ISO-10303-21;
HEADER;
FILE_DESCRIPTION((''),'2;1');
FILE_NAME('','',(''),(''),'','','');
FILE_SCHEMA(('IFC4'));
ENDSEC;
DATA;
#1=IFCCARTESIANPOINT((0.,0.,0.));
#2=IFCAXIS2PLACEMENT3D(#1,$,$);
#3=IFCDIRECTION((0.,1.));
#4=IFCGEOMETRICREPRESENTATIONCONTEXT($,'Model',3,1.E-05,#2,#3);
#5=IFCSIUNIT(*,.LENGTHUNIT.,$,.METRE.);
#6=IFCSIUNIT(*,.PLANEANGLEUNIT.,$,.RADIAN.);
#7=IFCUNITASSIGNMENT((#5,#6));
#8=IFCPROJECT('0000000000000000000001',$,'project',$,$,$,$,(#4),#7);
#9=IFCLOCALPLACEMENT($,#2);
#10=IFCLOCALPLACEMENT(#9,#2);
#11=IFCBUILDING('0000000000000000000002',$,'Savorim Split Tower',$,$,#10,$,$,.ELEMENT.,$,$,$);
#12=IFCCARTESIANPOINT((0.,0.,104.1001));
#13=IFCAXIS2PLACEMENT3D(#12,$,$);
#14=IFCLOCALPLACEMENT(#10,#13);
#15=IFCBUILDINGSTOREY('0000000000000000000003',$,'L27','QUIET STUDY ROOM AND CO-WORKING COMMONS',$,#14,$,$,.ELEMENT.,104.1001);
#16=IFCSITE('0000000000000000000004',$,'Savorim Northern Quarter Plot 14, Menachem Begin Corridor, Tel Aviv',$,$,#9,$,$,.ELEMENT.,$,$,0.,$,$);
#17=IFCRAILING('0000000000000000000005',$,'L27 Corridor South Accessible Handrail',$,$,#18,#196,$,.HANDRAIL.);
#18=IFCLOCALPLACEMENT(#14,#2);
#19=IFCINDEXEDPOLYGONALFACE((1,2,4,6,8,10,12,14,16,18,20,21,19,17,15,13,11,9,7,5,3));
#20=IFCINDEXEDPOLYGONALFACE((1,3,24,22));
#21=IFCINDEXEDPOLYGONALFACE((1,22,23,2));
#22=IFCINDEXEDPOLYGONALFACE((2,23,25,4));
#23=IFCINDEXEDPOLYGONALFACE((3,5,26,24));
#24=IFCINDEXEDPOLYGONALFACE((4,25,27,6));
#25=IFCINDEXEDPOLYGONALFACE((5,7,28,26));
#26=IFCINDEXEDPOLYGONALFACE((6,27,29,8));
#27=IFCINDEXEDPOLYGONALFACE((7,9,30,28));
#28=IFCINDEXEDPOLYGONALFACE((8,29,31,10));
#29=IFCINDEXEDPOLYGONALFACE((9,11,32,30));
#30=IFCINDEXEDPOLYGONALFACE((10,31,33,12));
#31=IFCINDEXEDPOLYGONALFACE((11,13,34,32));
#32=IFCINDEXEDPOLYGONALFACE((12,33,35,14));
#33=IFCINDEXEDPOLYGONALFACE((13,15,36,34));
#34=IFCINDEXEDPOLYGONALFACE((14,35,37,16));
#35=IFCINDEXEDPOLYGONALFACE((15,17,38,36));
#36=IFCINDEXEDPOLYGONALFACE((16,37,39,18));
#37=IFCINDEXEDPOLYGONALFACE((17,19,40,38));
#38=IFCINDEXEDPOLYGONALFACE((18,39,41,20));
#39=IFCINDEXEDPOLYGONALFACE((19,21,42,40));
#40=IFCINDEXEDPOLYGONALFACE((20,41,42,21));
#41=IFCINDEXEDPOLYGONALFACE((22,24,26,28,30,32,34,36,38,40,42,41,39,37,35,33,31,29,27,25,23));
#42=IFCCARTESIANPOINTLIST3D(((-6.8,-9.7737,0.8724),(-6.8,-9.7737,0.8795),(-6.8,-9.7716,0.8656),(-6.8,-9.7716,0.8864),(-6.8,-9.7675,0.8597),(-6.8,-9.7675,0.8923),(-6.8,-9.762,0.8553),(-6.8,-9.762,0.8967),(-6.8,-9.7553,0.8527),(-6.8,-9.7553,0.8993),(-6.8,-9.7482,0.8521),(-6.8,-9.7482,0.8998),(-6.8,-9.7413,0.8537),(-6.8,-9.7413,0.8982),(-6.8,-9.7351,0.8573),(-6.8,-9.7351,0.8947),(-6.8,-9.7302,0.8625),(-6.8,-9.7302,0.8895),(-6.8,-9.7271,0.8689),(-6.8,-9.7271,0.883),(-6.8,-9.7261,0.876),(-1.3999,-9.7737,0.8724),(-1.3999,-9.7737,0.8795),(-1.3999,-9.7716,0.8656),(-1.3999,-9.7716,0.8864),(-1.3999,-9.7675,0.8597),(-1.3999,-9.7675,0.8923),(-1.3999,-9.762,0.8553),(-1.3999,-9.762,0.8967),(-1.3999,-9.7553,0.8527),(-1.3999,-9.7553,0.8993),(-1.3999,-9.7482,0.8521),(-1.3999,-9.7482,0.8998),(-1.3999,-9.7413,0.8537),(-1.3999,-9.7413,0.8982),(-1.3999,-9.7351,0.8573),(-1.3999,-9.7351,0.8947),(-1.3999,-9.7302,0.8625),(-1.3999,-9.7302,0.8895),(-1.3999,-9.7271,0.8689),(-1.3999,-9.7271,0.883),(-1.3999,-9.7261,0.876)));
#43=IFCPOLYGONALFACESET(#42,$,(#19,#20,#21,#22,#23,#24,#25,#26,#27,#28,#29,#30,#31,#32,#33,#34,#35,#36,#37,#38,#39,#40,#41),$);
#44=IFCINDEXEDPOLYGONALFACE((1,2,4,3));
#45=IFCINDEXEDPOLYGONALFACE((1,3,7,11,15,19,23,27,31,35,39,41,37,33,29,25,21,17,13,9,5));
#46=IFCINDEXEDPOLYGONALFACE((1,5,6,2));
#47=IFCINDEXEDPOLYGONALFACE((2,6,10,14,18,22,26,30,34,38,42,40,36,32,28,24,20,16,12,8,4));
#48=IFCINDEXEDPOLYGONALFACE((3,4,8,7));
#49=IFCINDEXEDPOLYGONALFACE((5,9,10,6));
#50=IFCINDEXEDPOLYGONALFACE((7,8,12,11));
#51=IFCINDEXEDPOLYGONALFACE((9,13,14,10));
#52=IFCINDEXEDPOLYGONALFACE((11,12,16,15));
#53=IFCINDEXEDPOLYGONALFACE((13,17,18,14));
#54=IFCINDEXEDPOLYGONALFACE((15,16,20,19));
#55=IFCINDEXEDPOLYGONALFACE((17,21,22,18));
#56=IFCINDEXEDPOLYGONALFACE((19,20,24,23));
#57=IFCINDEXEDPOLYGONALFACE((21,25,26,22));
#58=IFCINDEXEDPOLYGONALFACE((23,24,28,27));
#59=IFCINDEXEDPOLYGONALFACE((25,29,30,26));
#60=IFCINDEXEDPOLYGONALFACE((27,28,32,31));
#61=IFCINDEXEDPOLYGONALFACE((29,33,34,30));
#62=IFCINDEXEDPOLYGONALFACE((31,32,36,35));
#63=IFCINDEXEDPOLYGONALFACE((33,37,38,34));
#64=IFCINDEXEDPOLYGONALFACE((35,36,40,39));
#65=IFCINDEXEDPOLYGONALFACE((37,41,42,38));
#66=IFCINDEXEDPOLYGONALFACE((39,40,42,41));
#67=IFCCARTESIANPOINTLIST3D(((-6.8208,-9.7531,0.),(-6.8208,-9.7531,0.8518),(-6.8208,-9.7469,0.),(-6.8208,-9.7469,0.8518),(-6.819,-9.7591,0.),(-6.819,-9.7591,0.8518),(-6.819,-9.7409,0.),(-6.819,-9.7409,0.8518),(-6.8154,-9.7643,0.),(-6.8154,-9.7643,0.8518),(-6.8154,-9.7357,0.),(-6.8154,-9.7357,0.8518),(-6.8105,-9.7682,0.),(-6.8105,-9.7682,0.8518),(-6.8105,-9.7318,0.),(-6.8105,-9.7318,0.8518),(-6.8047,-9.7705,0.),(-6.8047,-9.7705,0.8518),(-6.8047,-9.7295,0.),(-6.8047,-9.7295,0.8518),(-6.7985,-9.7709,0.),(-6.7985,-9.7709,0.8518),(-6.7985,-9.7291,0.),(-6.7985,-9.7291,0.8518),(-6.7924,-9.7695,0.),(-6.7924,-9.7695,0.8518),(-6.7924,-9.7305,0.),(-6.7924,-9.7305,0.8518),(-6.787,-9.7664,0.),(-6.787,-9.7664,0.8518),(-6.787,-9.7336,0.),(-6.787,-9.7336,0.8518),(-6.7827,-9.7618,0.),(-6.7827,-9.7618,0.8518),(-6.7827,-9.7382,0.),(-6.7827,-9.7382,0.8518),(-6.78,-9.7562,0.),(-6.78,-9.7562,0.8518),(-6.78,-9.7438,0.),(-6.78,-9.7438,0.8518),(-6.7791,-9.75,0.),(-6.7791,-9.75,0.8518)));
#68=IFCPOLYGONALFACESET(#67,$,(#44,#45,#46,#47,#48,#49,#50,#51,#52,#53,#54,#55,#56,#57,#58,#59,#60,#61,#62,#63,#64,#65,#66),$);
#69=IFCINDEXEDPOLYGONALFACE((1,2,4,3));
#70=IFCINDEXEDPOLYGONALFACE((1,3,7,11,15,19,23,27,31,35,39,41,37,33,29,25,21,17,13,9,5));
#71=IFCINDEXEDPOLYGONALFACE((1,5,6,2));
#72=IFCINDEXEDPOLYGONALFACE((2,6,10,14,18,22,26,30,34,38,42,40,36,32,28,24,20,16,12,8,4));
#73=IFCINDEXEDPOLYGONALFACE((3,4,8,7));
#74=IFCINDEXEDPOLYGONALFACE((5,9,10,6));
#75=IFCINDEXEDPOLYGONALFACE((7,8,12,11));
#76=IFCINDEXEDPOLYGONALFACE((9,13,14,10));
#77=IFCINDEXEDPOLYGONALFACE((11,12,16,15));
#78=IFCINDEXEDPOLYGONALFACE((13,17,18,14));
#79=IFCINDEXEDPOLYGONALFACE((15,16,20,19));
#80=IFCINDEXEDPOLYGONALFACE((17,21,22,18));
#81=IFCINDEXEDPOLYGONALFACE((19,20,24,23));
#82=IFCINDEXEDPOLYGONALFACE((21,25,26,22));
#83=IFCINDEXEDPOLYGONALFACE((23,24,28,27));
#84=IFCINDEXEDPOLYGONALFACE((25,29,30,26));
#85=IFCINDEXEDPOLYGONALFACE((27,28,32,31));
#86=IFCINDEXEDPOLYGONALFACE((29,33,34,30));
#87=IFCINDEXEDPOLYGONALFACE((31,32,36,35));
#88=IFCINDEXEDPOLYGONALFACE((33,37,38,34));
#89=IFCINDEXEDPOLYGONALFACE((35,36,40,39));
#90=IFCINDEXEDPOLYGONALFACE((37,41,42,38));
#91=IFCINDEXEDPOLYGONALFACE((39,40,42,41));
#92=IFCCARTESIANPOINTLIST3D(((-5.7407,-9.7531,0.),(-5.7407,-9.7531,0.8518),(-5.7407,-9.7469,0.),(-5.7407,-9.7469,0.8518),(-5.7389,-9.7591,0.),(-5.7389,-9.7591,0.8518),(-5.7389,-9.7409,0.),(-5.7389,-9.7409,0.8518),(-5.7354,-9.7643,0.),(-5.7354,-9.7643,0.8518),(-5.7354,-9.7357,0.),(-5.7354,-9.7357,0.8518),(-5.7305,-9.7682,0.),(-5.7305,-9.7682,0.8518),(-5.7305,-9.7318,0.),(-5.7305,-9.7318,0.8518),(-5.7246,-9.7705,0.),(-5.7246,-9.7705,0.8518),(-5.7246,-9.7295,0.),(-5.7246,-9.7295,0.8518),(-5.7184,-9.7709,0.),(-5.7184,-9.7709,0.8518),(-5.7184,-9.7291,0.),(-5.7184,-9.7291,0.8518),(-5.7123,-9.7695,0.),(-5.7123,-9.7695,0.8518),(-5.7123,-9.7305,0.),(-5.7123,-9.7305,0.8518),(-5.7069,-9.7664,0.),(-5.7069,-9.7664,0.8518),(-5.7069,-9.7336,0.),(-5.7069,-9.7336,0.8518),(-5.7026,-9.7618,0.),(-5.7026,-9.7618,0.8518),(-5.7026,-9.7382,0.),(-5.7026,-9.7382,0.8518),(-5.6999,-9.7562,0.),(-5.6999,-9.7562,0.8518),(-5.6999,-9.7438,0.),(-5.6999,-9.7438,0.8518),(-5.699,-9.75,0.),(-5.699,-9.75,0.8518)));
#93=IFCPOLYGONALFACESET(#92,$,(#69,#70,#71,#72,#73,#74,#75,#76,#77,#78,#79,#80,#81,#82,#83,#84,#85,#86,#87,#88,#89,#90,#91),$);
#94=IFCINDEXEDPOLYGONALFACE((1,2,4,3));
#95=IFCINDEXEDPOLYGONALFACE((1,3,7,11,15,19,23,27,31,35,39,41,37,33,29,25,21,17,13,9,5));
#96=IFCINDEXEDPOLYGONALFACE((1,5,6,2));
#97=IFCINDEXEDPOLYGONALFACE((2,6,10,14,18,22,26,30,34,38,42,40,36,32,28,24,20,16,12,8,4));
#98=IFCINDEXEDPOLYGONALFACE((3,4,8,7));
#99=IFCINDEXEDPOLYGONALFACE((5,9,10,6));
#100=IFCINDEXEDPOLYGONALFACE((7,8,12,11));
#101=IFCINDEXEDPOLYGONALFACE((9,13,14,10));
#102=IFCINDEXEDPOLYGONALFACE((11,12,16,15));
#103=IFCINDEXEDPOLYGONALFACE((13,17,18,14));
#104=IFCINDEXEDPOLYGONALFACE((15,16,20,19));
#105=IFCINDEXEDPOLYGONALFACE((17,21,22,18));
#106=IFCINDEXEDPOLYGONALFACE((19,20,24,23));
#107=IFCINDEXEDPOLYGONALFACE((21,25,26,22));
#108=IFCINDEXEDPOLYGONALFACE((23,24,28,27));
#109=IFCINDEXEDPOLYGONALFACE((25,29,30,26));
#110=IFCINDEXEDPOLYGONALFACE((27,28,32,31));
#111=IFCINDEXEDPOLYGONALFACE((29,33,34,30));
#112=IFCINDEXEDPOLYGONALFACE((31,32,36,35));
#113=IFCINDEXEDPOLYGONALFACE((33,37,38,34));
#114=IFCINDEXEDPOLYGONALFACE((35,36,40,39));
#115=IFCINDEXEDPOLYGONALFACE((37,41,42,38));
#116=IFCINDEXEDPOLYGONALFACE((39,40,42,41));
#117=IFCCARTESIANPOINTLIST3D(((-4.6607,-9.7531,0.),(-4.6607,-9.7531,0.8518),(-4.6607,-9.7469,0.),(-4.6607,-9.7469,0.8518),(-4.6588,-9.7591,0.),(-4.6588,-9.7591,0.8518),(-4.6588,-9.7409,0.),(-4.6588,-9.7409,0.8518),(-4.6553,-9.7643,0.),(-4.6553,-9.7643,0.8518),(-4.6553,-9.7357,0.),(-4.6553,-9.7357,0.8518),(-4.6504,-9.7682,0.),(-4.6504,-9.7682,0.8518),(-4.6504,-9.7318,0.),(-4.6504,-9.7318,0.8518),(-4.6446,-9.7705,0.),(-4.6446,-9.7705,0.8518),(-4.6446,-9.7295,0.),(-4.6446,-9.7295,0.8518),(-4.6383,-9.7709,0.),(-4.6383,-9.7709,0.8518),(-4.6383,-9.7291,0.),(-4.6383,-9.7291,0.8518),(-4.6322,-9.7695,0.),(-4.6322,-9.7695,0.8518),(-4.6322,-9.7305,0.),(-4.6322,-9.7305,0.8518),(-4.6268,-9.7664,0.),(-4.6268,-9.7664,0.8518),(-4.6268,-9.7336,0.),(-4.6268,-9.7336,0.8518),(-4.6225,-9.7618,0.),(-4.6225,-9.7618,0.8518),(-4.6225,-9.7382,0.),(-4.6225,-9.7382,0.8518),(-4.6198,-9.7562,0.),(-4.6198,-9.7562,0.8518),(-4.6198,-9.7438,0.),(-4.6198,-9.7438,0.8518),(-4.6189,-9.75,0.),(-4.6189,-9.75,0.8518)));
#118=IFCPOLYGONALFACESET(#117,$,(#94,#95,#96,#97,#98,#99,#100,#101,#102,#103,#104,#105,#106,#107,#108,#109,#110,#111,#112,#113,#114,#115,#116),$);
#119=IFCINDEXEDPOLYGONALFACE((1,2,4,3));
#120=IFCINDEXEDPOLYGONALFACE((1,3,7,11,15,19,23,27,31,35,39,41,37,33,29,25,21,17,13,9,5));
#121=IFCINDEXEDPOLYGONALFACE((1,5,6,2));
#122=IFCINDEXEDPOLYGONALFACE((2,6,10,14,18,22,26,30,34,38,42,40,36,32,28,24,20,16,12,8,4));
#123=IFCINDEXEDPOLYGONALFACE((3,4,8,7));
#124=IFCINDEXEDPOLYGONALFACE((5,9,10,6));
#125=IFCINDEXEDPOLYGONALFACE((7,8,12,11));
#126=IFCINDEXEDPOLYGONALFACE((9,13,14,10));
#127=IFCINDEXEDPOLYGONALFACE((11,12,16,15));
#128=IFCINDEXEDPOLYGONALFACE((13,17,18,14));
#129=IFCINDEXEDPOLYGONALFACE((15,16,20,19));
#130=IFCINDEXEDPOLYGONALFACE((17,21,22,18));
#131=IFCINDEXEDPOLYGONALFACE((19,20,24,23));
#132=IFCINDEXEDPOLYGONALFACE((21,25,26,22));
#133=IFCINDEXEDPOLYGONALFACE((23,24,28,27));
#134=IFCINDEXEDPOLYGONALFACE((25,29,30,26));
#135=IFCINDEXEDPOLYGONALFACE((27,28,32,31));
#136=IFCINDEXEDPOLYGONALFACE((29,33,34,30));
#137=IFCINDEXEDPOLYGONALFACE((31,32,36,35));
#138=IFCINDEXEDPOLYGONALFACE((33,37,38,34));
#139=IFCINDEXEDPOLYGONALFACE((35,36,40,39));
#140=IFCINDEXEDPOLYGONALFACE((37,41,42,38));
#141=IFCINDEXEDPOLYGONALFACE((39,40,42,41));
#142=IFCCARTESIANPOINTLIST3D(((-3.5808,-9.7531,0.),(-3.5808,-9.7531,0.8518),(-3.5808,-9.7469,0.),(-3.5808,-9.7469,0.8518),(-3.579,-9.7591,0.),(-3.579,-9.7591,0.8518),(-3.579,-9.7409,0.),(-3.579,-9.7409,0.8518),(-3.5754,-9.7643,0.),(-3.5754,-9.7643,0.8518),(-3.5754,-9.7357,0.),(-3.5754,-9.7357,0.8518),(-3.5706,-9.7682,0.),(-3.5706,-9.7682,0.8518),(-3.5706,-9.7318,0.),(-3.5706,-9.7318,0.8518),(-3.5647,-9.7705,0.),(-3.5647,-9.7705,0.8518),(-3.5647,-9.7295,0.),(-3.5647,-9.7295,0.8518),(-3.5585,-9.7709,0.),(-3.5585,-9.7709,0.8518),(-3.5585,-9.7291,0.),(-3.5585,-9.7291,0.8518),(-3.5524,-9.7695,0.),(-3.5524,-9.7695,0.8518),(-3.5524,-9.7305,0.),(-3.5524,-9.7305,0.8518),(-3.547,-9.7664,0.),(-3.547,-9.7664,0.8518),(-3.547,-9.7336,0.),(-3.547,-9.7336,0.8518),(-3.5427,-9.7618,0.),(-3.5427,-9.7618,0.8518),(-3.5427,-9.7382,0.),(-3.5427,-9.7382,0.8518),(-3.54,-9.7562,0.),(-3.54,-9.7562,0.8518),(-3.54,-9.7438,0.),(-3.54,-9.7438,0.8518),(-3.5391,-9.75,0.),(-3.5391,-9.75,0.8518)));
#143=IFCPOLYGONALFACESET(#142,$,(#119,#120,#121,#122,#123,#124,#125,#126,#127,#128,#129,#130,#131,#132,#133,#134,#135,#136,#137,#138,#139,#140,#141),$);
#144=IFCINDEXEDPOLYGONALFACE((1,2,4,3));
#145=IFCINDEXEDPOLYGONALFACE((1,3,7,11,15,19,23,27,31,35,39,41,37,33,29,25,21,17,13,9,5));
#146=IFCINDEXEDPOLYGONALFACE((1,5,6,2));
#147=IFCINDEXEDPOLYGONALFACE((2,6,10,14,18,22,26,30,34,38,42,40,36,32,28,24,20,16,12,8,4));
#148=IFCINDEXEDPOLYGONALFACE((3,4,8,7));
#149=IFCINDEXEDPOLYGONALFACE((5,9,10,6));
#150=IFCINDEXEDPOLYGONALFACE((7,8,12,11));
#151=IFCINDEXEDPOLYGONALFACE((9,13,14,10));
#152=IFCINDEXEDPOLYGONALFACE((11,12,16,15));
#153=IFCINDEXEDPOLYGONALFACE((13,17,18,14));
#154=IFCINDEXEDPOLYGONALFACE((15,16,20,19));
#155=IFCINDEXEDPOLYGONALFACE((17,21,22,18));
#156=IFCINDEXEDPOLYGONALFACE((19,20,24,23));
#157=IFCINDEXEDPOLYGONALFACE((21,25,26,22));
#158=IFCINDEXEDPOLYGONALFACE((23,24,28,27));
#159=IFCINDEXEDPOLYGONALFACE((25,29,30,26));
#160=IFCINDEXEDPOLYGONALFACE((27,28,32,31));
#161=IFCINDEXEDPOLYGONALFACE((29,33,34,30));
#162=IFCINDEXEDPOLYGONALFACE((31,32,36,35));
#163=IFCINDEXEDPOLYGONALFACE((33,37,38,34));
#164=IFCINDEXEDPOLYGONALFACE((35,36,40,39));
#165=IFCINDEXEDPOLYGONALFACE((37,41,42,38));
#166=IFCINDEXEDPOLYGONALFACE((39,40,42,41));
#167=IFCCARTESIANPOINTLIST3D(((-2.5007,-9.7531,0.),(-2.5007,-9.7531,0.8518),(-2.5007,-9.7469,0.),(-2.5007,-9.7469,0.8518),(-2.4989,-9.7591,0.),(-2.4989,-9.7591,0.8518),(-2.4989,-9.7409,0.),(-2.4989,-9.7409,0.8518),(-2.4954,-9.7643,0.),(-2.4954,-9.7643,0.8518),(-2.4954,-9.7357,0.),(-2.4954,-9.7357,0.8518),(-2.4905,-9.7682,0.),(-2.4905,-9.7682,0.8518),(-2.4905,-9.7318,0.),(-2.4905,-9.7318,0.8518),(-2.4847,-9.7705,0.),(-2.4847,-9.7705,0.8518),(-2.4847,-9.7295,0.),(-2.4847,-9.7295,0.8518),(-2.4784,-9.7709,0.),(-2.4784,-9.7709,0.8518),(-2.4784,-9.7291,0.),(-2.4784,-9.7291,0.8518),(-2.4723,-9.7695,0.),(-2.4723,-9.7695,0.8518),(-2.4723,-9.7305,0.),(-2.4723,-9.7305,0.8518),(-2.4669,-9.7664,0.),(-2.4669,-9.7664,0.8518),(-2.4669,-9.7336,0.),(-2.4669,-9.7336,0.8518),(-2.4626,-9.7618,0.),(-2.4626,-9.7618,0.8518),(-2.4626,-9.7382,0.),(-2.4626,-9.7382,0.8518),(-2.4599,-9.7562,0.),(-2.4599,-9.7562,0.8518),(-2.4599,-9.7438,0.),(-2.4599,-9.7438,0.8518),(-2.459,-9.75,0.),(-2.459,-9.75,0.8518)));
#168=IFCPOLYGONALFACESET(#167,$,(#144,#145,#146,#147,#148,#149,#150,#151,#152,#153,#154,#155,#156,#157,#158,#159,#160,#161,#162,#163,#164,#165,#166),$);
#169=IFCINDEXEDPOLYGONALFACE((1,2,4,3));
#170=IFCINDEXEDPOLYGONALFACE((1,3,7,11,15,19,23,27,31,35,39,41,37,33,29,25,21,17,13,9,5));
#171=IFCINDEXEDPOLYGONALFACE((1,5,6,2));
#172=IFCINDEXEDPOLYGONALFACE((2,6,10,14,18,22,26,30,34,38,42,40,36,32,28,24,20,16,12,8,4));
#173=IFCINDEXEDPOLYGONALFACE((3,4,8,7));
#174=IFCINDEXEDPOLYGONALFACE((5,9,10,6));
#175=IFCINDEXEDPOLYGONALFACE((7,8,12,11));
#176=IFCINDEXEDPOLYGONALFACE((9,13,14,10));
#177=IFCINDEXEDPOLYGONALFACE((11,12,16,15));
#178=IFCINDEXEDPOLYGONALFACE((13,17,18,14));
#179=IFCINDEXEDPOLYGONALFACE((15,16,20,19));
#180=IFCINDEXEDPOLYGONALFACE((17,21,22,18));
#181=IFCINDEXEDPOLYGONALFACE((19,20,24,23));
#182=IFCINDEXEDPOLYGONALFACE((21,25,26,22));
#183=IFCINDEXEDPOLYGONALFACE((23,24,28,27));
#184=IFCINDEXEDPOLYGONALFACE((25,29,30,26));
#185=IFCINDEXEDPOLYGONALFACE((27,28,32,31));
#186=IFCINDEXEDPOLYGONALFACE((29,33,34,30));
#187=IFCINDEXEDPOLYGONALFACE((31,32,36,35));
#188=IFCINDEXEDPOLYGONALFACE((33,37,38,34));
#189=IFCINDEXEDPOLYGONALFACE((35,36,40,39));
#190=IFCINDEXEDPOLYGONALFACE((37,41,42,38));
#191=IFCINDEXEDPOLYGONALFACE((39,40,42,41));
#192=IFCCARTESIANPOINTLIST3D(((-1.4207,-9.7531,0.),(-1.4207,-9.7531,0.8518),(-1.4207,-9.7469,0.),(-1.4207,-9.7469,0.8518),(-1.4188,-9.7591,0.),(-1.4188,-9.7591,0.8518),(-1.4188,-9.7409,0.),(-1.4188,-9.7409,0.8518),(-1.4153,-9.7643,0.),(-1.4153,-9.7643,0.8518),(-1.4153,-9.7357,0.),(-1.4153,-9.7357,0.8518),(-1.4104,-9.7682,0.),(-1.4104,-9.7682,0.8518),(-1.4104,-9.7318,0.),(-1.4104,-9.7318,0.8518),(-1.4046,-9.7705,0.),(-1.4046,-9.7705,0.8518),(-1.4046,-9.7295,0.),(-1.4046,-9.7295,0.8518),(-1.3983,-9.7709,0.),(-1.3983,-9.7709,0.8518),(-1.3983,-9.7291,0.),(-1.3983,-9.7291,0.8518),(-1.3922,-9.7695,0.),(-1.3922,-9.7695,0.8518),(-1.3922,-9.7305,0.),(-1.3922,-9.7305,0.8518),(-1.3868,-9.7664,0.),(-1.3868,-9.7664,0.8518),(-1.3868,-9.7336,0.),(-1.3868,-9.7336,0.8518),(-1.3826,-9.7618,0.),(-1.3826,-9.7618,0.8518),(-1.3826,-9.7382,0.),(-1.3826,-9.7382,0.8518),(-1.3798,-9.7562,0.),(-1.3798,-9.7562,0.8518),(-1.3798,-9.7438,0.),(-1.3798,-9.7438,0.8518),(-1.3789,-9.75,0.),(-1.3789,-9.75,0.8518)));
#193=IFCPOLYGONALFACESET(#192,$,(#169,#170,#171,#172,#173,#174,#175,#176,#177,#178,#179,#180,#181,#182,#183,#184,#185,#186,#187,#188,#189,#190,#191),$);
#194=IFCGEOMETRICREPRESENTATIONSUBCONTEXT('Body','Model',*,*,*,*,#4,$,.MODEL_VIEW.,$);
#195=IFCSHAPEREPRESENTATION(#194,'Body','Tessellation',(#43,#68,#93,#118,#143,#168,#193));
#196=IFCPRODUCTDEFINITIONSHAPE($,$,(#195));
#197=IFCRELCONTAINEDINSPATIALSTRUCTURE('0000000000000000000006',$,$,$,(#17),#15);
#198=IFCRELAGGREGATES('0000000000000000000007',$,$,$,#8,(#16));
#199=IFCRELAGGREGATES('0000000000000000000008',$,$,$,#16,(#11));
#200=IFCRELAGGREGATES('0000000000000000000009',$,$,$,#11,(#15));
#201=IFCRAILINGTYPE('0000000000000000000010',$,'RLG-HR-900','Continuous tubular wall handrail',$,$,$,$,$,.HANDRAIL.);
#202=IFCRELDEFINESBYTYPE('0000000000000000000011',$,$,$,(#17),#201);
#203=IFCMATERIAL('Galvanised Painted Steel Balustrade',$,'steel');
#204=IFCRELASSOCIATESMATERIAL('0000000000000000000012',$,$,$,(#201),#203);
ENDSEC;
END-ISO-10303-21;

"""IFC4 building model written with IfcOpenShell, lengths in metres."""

from ifc_helpers import new_model, si_unit, direction, frame, origin, origin_2d, place, context, subcontext, project, spatial, circle, extrude, material, type_object, element, save


model = new_model("IFC4")

# Units and contexts
model_context = context("Model", 3, precision=1e-05, world=origin(), true_north=direction((0.0, 1.0)))
body_context = subcontext(model_context, "Body", "Model", "MODEL_VIEW")
ifc_project = project(units=[si_unit("LENGTHUNIT", "METRE"), si_unit("PLANEANGLEUNIT", "RADIAN")], contexts=[model_context])

# Site, building, storey
site_placement = place(None, origin())
site = spatial("IfcSite", under=ifc_project, at=site_placement, Name="Savorim Northern Quarter Plot 14, Menachem Begin Corridor, Tel Aviv", CompositionType="ELEMENT", RefElevation=0.0)
building_placement = place(site_placement, origin())
building = spatial("IfcBuilding", under=site, at=building_placement, Name="Savorim Split Tower", CompositionType="ELEMENT")
storey_placement = place(building_placement, frame((0.0, 0.0, 104.1001)))
storey = spatial("IfcBuildingStorey", under=building, at=storey_placement, Name="L27", Description="QUIET STUDY ROOM AND CO-WORKING COMMONS", CompositionType="ELEMENT", Elevation=104.1001)

# Railing
ifc_material_1 = material(Name="Galvanised Painted Steel Balustrade", Category="steel")
railing_type_1 = type_object("IfcRailingType", Name="RLG-HR-900", Description="Continuous tubular wall handrail", PredefinedType="HANDRAIL", material=ifc_material_1)
railing_1_placement = place(storey_placement, frame((-6.8, -9.75, 0.0)))
element("IfcRailing", 1, at=railing_1_placement, inside=storey, type_object=railing_type_1, Name="L27 Corridor South Accessible Handrail", PredefinedType="HANDRAIL", context=body_context, shape_type="SweptSolid", body=[
    extrude(circle(Radius=0.0239, at=origin_2d()), frame((0.0, 0.0, 0.876), z_axis=(1.0, 0.0, 0.0), x_axis=(0.0, 1.0, 0.0)), (0.0, 0.0, 1.0), 5.4001),
    extrude(circle(Radius=0.021, at=origin_2d()), origin(), (0.0, 0.0, 1.0), 0.8518),
    extrude(circle(Radius=0.021, at=origin_2d()), frame((1.0801, 0.0, 0.0)), (0.0, 0.0, 1.0), 0.8518),
    extrude(circle(Radius=0.021, at=origin_2d()), frame((2.1602, 0.0, 0.0)), (0.0, 0.0, 1.0), 0.8518),
    extrude(circle(Radius=0.021, at=origin_2d()), frame((3.24, 0.0, 0.0)), (0.0, 0.0, 1.0), 0.8518),
    extrude(circle(Radius=0.021, at=origin_2d()), frame((4.3201, 0.0, 0.0)), (0.0, 0.0, 1.0), 0.8518),
    extrude(circle(Radius=0.021, at=origin_2d()), frame((5.4001, 0.0, 0.0)), (0.0, 0.0, 1.0), 0.8518),
])

save(model, "model.ifc")
